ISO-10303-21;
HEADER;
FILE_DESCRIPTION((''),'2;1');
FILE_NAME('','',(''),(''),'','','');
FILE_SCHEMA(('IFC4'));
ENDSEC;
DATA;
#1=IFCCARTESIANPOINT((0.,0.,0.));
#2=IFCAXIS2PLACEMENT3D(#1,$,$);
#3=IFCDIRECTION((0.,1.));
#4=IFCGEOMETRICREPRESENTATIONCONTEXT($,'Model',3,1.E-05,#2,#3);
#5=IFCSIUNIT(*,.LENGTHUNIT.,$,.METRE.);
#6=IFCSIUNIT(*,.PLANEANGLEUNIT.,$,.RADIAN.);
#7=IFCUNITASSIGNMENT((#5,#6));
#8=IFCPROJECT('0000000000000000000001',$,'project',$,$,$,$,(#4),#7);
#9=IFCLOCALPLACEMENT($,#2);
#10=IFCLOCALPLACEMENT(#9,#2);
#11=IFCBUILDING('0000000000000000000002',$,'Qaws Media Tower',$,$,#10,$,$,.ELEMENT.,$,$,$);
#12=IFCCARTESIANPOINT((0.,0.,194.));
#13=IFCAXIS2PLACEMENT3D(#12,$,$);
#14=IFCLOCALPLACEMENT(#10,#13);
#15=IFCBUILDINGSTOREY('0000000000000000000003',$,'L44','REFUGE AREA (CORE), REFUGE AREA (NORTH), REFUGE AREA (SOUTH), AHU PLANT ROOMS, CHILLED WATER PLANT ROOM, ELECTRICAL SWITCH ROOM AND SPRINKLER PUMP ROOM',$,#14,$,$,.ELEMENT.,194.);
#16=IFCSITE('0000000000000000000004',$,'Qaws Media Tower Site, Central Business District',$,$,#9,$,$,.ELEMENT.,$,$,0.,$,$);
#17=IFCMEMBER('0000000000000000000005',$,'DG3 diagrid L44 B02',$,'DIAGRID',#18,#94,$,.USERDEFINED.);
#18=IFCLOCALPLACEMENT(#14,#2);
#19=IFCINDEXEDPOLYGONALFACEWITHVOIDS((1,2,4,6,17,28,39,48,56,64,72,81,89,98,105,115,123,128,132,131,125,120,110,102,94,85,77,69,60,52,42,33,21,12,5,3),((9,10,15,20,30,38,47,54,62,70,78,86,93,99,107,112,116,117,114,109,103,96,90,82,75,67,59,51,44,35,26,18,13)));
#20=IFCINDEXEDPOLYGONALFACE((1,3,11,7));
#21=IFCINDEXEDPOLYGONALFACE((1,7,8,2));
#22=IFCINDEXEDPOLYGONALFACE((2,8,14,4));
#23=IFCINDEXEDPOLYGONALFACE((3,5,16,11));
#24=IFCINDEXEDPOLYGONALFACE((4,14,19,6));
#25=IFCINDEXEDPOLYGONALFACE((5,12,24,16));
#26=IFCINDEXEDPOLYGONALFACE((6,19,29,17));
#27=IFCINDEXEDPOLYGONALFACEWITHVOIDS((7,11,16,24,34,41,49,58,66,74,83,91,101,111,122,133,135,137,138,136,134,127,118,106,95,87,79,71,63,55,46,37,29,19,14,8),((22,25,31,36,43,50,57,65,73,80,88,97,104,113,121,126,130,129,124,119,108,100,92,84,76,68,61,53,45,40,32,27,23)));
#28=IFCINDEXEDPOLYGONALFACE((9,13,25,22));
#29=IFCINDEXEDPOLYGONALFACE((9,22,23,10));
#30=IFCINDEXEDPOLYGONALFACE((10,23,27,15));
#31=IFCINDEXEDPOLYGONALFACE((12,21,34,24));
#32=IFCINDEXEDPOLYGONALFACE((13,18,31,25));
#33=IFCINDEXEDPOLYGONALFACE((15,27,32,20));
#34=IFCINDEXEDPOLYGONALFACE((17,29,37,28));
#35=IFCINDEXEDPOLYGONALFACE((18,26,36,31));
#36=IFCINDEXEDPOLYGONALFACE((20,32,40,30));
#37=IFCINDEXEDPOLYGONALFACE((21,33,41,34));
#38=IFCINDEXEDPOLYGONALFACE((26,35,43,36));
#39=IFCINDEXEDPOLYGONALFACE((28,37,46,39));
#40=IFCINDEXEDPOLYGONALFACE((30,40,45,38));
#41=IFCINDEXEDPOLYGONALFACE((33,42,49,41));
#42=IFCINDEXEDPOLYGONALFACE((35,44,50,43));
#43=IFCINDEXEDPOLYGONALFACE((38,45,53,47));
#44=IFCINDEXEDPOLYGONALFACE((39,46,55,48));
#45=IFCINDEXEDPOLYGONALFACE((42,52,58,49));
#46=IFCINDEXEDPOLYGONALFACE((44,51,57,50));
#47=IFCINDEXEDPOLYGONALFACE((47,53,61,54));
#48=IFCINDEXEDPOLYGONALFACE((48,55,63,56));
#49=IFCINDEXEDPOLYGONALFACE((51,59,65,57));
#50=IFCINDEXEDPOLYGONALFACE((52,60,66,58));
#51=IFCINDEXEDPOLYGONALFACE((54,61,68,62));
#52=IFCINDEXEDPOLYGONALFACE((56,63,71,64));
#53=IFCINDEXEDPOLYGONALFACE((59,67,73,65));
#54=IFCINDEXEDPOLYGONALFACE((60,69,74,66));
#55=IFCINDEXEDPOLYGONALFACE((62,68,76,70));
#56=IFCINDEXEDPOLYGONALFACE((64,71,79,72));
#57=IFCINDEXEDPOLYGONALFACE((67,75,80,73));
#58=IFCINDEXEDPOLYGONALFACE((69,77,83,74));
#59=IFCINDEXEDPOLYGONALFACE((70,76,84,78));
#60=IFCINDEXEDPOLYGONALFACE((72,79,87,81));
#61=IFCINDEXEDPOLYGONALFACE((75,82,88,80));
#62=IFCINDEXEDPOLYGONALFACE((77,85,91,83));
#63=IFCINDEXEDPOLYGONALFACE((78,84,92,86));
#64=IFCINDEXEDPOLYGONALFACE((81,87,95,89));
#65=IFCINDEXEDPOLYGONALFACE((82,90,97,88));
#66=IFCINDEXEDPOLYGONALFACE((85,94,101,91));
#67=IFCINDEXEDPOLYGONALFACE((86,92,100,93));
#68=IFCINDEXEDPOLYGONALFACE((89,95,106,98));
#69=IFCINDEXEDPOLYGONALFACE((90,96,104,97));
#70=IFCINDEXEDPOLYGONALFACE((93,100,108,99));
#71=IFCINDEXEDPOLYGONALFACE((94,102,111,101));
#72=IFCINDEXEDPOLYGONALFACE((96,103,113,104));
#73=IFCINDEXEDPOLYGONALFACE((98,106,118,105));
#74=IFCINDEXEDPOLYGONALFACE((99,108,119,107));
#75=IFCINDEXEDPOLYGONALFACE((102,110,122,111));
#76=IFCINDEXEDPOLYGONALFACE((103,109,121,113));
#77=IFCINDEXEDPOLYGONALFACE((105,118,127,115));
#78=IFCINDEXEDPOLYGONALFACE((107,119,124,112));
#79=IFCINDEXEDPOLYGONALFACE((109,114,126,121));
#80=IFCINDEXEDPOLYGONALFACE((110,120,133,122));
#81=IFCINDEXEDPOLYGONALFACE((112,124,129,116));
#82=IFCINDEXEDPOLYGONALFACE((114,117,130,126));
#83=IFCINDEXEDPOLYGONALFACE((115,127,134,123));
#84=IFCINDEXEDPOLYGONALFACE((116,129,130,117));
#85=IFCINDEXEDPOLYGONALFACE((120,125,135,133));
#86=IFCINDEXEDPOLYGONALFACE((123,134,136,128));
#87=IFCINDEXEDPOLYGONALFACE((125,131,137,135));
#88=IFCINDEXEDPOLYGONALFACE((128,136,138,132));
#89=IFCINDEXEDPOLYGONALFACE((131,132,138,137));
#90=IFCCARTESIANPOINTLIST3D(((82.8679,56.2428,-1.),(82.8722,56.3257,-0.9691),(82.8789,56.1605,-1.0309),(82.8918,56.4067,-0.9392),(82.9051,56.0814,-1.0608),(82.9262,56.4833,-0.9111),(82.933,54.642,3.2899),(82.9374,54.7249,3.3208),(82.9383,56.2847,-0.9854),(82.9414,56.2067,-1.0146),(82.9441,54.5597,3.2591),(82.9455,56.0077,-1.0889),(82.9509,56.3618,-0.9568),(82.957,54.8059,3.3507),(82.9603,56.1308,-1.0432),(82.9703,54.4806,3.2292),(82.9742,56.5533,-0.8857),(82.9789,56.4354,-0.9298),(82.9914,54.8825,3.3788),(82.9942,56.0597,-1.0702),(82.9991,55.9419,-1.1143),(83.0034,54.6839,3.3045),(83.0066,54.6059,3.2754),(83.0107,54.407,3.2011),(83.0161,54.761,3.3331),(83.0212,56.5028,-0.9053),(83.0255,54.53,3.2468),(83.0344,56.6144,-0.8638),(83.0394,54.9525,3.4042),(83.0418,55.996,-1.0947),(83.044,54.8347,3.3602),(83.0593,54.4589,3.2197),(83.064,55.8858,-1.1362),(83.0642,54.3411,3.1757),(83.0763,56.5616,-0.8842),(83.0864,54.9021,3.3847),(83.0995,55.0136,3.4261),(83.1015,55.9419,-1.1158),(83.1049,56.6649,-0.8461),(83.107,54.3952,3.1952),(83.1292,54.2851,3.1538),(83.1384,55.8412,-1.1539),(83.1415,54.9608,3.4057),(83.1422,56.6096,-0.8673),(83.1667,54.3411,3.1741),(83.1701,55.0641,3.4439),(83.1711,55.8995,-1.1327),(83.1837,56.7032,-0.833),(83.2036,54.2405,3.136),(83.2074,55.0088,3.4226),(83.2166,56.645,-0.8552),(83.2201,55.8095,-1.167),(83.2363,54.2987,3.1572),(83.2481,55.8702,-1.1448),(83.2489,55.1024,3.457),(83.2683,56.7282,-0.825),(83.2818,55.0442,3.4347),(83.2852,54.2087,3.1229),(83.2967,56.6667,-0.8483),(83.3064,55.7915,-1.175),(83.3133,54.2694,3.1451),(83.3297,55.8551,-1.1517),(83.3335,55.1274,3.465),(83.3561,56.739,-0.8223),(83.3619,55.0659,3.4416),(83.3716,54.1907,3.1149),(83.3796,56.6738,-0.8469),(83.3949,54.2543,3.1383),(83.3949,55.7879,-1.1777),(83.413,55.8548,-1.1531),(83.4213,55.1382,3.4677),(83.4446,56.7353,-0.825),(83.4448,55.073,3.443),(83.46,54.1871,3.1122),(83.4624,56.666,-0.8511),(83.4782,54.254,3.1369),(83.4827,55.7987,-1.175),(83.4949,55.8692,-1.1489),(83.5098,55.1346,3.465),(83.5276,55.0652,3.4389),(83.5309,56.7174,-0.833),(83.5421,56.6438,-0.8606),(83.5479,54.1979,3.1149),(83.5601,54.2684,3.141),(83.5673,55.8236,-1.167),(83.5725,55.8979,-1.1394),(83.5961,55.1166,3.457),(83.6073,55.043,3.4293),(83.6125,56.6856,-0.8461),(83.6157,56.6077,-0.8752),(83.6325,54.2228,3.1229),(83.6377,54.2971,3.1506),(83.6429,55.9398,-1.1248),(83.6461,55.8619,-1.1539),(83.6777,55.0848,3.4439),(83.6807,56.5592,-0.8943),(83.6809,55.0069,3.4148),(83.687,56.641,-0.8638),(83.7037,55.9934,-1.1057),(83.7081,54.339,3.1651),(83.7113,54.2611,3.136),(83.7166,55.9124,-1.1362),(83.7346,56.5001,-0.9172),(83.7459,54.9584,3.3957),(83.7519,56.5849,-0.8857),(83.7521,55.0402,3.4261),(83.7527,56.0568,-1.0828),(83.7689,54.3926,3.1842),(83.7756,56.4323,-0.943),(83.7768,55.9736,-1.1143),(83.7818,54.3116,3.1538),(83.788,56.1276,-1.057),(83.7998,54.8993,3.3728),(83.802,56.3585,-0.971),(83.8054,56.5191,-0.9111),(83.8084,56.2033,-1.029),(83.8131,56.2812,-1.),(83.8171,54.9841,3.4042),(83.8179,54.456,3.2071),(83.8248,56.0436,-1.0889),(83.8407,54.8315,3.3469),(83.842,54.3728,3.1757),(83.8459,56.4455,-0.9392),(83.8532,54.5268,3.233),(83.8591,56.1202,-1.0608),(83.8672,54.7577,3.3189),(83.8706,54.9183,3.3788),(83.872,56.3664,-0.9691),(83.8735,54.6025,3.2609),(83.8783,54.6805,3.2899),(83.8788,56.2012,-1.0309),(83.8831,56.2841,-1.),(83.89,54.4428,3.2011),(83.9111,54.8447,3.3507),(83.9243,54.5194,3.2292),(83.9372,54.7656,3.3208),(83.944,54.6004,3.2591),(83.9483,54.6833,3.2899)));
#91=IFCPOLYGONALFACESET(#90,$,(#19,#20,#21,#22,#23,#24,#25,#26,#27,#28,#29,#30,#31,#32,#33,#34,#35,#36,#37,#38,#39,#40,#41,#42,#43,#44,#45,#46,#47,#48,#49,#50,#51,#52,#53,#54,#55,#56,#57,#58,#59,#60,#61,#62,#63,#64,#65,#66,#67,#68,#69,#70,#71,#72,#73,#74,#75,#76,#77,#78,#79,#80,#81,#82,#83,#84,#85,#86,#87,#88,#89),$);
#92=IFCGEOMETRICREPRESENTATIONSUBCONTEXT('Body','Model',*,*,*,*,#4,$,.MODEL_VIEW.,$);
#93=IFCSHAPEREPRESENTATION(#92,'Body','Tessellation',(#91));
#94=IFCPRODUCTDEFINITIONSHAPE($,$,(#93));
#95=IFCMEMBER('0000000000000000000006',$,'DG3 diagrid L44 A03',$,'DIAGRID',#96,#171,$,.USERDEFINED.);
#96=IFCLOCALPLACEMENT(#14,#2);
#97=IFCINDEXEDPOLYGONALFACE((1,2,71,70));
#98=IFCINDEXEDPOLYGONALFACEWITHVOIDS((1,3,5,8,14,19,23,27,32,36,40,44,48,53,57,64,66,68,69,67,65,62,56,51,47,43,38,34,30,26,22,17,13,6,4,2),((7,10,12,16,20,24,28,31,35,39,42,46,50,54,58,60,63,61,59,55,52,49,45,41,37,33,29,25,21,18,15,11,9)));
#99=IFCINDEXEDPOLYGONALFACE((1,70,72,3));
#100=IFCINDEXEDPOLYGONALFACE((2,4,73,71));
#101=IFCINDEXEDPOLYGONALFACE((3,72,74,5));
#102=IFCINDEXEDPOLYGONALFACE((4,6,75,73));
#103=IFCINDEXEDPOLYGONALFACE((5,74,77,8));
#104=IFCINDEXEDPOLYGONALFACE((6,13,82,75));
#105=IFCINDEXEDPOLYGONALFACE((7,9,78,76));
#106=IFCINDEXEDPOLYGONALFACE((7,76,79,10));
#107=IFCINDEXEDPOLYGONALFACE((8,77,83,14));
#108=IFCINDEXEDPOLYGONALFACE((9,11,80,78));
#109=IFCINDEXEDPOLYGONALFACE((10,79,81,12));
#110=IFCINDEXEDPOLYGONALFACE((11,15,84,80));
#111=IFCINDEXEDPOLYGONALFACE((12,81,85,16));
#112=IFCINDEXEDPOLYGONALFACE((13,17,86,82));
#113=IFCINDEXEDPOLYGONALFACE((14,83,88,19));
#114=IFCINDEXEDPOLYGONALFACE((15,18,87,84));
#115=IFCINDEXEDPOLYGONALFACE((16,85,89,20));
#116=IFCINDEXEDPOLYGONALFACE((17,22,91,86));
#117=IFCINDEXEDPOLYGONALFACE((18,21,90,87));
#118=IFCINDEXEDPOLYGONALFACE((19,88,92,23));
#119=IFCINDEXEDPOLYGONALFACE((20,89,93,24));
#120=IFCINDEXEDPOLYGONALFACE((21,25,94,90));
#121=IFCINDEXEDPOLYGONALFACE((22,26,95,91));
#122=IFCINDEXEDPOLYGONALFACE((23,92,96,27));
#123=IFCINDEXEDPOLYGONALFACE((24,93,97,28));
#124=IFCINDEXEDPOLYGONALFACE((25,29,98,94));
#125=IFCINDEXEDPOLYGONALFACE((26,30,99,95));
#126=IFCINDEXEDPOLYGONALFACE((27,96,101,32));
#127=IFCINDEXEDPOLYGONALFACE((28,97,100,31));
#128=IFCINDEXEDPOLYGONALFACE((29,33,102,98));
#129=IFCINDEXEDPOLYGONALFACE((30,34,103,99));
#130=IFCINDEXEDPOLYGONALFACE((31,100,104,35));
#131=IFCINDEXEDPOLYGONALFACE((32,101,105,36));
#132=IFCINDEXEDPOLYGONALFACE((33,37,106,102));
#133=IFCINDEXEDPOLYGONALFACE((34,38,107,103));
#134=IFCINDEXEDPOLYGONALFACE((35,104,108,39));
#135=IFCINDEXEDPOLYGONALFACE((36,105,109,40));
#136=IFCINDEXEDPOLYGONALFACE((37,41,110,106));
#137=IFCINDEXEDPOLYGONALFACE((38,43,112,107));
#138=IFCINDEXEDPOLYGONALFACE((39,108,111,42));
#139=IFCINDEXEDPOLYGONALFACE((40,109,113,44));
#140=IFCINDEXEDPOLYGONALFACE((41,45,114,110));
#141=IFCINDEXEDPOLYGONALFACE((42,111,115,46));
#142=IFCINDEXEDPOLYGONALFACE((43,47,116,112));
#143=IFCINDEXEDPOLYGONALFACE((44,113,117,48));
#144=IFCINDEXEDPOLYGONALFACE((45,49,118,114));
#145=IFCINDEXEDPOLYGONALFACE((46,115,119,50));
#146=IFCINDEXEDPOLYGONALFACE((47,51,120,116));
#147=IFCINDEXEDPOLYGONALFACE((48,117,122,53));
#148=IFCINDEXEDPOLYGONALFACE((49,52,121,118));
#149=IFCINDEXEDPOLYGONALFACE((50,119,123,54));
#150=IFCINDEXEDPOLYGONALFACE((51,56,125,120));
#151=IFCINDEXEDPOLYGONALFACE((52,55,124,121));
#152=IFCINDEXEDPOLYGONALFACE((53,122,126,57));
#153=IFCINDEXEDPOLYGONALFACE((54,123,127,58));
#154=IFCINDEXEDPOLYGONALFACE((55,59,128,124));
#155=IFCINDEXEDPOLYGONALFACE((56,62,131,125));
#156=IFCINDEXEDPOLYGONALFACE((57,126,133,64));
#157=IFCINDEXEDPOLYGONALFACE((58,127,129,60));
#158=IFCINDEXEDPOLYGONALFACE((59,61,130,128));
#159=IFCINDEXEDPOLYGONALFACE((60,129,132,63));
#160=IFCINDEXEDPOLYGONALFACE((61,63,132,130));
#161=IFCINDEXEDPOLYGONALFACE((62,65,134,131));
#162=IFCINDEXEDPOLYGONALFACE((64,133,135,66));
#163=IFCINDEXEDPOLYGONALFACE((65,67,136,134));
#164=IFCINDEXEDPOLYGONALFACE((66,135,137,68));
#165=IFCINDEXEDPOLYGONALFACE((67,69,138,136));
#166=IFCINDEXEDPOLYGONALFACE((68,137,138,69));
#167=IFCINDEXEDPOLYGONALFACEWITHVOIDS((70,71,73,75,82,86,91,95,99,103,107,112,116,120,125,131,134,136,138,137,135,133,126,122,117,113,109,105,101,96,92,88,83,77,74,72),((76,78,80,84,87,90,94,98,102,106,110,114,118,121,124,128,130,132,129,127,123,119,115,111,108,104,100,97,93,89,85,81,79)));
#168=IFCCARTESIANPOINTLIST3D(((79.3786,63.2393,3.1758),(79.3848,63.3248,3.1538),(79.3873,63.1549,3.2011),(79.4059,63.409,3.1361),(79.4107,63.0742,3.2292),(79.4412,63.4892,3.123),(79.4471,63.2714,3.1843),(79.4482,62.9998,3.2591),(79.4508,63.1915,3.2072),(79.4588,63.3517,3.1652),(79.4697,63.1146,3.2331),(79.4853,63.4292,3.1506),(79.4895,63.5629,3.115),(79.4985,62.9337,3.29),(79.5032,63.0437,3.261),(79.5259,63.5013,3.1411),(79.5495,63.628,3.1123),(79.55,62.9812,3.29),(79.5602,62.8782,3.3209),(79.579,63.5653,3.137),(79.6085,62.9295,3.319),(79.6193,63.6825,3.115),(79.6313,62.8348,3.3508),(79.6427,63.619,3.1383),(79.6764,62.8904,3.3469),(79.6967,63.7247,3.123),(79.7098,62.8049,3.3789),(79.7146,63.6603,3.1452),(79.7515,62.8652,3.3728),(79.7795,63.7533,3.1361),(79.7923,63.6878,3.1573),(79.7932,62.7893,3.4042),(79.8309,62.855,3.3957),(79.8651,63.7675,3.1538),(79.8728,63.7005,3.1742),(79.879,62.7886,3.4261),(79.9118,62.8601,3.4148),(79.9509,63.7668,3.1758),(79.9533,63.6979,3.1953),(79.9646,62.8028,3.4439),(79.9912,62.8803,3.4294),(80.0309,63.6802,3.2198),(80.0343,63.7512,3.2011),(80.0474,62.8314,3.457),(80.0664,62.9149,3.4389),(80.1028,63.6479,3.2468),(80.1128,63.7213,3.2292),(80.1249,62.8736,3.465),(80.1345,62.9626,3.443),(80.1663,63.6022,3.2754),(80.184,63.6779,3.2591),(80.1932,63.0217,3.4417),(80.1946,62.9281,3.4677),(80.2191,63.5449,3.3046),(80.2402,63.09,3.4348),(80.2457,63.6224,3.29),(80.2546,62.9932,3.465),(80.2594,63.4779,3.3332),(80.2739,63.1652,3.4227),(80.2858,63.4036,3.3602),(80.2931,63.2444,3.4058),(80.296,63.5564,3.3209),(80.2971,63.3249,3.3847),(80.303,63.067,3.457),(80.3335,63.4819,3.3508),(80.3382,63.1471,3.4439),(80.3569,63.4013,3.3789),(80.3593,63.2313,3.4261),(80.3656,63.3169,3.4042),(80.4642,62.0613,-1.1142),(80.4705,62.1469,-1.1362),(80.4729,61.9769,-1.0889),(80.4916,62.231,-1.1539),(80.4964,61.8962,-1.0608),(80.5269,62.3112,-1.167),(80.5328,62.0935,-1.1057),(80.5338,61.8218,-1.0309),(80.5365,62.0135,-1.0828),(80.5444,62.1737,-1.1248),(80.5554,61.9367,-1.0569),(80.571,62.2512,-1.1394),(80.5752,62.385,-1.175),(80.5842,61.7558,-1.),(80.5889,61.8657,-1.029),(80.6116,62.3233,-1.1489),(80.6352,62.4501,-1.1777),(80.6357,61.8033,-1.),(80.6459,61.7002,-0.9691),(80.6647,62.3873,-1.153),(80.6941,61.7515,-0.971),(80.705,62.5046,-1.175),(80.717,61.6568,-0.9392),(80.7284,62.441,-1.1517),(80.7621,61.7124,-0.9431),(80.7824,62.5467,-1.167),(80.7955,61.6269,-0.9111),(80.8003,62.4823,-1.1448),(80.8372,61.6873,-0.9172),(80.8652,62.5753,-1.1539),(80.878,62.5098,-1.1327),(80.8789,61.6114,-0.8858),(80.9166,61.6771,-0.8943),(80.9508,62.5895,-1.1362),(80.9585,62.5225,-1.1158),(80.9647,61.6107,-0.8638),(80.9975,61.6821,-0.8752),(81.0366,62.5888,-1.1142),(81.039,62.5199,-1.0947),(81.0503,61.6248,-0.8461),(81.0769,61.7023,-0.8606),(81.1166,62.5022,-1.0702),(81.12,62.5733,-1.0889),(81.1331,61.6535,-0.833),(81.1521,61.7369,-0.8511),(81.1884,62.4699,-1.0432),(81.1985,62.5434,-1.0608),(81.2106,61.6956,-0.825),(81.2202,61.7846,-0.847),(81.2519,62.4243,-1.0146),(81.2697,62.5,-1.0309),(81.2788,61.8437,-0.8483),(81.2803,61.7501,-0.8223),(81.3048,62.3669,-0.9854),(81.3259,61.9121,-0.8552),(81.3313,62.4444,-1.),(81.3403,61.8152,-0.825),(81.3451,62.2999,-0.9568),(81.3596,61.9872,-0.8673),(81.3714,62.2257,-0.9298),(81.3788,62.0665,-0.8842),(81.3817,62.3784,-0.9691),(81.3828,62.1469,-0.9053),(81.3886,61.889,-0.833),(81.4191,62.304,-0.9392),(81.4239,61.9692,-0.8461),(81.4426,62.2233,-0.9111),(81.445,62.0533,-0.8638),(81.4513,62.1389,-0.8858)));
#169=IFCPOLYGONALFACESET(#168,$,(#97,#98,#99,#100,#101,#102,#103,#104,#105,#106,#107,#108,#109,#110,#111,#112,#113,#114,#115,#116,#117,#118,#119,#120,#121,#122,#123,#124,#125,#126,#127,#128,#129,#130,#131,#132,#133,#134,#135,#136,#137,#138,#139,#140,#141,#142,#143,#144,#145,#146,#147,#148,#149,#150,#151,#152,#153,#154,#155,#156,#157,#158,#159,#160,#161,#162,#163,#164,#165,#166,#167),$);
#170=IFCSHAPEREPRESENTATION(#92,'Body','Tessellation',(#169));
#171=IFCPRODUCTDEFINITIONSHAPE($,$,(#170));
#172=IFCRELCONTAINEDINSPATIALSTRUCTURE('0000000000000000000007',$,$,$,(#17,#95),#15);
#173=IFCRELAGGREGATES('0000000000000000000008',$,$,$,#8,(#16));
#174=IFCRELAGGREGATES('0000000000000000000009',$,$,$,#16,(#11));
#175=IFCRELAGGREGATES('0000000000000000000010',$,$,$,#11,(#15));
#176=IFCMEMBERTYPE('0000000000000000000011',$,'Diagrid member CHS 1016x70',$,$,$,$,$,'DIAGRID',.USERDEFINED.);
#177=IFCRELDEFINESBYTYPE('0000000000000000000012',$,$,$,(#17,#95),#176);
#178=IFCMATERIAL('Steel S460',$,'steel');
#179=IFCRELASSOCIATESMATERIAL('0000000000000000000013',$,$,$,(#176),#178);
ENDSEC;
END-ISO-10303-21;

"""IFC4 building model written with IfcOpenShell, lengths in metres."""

from ifc_helpers import new_model, si_unit, direction, frame, origin, origin_2d, place, context, subcontext, project, spatial, hollow_circle, extrude, material, material_profile, profile_set, type_object, element, save


model = new_model("IFC4")

# Units and contexts
model_context = context("Model", 3, precision=1e-05, world=origin(), true_north=direction((0.0, 1.0)))
body_context = subcontext(model_context, "Body", "Model", "MODEL_VIEW")
ifc_project = project(units=[si_unit("LENGTHUNIT", "METRE"), si_unit("PLANEANGLEUNIT", "RADIAN")], contexts=[model_context])

# Site, building, storey
site_placement = place(None, origin())
site = spatial("IfcSite", under=ifc_project, at=site_placement, Name="Qaws Media Tower Site, Central Business District", CompositionType="ELEMENT", RefElevation=0.0)
building_placement = place(site_placement, origin())
building = spatial("IfcBuilding", under=site, at=building_placement, Name="Qaws Media Tower", CompositionType="ELEMENT")
storey_placement = place(building_placement, frame((0.0, 0.0, 194.0)))
storey = spatial("IfcBuildingStorey", under=building, at=storey_placement, Name="L44", Description="REFUGE AREA (CORE), REFUGE AREA (NORTH), REFUGE AREA (SOUTH), AHU PLANT ROOMS, CHILLED WATER PLANT ROOM, ELECTRICAL SWITCH ROOM AND SPRINKLER PUMP ROOM", CompositionType="ELEMENT", Elevation=194.0)

# Members
ifc_material_1 = material(Name="Steel S460", Category="steel")
ifc_material_profile_1 = material_profile(ifc_material_1, hollow_circle(Radius=0.5081, WallThickness=0.0701, at=origin_2d()), Name="CHS 1016x70")
ifc_profile_set_1 = profile_set([ifc_material_profile_1], Name="Steel S460")
member_type_1 = type_object("IfcMemberType", Name="Diagrid member CHS 1016x70", ElementType="DIAGRID", PredefinedType="USERDEFINED", material=ifc_profile_set_1)
for number, where, z_axis, x_axis, name in (
    (1, (83.3755, 56.2634, -1.0), (0.014234, -0.349568, 0.936803), (0.999172, 0.040686, 0.0), "DG3 diagrid L44 B02"),
    (2, (80.9578, 62.1001, -1.0), (-0.237083, 0.257235, 0.936815), (-0.735323, -0.677717, 0.0), "DG3 diagrid L44 A03"),
):
    element("IfcMember", number, at=place(storey_placement, frame(where, z_axis=z_axis, x_axis=x_axis)), inside=storey, type_object=member_type_1, Name=name, ObjectType="DIAGRID", PredefinedType="USERDEFINED", context=body_context, shape_type="SweptSolid", body=[
        extrude(hollow_circle(Radius=0.5081, WallThickness=0.0701, at=origin_2d()), origin(), (0.0, 0.0, 1.0), 4.5793),
    ])

save(model, "model.ifc")
